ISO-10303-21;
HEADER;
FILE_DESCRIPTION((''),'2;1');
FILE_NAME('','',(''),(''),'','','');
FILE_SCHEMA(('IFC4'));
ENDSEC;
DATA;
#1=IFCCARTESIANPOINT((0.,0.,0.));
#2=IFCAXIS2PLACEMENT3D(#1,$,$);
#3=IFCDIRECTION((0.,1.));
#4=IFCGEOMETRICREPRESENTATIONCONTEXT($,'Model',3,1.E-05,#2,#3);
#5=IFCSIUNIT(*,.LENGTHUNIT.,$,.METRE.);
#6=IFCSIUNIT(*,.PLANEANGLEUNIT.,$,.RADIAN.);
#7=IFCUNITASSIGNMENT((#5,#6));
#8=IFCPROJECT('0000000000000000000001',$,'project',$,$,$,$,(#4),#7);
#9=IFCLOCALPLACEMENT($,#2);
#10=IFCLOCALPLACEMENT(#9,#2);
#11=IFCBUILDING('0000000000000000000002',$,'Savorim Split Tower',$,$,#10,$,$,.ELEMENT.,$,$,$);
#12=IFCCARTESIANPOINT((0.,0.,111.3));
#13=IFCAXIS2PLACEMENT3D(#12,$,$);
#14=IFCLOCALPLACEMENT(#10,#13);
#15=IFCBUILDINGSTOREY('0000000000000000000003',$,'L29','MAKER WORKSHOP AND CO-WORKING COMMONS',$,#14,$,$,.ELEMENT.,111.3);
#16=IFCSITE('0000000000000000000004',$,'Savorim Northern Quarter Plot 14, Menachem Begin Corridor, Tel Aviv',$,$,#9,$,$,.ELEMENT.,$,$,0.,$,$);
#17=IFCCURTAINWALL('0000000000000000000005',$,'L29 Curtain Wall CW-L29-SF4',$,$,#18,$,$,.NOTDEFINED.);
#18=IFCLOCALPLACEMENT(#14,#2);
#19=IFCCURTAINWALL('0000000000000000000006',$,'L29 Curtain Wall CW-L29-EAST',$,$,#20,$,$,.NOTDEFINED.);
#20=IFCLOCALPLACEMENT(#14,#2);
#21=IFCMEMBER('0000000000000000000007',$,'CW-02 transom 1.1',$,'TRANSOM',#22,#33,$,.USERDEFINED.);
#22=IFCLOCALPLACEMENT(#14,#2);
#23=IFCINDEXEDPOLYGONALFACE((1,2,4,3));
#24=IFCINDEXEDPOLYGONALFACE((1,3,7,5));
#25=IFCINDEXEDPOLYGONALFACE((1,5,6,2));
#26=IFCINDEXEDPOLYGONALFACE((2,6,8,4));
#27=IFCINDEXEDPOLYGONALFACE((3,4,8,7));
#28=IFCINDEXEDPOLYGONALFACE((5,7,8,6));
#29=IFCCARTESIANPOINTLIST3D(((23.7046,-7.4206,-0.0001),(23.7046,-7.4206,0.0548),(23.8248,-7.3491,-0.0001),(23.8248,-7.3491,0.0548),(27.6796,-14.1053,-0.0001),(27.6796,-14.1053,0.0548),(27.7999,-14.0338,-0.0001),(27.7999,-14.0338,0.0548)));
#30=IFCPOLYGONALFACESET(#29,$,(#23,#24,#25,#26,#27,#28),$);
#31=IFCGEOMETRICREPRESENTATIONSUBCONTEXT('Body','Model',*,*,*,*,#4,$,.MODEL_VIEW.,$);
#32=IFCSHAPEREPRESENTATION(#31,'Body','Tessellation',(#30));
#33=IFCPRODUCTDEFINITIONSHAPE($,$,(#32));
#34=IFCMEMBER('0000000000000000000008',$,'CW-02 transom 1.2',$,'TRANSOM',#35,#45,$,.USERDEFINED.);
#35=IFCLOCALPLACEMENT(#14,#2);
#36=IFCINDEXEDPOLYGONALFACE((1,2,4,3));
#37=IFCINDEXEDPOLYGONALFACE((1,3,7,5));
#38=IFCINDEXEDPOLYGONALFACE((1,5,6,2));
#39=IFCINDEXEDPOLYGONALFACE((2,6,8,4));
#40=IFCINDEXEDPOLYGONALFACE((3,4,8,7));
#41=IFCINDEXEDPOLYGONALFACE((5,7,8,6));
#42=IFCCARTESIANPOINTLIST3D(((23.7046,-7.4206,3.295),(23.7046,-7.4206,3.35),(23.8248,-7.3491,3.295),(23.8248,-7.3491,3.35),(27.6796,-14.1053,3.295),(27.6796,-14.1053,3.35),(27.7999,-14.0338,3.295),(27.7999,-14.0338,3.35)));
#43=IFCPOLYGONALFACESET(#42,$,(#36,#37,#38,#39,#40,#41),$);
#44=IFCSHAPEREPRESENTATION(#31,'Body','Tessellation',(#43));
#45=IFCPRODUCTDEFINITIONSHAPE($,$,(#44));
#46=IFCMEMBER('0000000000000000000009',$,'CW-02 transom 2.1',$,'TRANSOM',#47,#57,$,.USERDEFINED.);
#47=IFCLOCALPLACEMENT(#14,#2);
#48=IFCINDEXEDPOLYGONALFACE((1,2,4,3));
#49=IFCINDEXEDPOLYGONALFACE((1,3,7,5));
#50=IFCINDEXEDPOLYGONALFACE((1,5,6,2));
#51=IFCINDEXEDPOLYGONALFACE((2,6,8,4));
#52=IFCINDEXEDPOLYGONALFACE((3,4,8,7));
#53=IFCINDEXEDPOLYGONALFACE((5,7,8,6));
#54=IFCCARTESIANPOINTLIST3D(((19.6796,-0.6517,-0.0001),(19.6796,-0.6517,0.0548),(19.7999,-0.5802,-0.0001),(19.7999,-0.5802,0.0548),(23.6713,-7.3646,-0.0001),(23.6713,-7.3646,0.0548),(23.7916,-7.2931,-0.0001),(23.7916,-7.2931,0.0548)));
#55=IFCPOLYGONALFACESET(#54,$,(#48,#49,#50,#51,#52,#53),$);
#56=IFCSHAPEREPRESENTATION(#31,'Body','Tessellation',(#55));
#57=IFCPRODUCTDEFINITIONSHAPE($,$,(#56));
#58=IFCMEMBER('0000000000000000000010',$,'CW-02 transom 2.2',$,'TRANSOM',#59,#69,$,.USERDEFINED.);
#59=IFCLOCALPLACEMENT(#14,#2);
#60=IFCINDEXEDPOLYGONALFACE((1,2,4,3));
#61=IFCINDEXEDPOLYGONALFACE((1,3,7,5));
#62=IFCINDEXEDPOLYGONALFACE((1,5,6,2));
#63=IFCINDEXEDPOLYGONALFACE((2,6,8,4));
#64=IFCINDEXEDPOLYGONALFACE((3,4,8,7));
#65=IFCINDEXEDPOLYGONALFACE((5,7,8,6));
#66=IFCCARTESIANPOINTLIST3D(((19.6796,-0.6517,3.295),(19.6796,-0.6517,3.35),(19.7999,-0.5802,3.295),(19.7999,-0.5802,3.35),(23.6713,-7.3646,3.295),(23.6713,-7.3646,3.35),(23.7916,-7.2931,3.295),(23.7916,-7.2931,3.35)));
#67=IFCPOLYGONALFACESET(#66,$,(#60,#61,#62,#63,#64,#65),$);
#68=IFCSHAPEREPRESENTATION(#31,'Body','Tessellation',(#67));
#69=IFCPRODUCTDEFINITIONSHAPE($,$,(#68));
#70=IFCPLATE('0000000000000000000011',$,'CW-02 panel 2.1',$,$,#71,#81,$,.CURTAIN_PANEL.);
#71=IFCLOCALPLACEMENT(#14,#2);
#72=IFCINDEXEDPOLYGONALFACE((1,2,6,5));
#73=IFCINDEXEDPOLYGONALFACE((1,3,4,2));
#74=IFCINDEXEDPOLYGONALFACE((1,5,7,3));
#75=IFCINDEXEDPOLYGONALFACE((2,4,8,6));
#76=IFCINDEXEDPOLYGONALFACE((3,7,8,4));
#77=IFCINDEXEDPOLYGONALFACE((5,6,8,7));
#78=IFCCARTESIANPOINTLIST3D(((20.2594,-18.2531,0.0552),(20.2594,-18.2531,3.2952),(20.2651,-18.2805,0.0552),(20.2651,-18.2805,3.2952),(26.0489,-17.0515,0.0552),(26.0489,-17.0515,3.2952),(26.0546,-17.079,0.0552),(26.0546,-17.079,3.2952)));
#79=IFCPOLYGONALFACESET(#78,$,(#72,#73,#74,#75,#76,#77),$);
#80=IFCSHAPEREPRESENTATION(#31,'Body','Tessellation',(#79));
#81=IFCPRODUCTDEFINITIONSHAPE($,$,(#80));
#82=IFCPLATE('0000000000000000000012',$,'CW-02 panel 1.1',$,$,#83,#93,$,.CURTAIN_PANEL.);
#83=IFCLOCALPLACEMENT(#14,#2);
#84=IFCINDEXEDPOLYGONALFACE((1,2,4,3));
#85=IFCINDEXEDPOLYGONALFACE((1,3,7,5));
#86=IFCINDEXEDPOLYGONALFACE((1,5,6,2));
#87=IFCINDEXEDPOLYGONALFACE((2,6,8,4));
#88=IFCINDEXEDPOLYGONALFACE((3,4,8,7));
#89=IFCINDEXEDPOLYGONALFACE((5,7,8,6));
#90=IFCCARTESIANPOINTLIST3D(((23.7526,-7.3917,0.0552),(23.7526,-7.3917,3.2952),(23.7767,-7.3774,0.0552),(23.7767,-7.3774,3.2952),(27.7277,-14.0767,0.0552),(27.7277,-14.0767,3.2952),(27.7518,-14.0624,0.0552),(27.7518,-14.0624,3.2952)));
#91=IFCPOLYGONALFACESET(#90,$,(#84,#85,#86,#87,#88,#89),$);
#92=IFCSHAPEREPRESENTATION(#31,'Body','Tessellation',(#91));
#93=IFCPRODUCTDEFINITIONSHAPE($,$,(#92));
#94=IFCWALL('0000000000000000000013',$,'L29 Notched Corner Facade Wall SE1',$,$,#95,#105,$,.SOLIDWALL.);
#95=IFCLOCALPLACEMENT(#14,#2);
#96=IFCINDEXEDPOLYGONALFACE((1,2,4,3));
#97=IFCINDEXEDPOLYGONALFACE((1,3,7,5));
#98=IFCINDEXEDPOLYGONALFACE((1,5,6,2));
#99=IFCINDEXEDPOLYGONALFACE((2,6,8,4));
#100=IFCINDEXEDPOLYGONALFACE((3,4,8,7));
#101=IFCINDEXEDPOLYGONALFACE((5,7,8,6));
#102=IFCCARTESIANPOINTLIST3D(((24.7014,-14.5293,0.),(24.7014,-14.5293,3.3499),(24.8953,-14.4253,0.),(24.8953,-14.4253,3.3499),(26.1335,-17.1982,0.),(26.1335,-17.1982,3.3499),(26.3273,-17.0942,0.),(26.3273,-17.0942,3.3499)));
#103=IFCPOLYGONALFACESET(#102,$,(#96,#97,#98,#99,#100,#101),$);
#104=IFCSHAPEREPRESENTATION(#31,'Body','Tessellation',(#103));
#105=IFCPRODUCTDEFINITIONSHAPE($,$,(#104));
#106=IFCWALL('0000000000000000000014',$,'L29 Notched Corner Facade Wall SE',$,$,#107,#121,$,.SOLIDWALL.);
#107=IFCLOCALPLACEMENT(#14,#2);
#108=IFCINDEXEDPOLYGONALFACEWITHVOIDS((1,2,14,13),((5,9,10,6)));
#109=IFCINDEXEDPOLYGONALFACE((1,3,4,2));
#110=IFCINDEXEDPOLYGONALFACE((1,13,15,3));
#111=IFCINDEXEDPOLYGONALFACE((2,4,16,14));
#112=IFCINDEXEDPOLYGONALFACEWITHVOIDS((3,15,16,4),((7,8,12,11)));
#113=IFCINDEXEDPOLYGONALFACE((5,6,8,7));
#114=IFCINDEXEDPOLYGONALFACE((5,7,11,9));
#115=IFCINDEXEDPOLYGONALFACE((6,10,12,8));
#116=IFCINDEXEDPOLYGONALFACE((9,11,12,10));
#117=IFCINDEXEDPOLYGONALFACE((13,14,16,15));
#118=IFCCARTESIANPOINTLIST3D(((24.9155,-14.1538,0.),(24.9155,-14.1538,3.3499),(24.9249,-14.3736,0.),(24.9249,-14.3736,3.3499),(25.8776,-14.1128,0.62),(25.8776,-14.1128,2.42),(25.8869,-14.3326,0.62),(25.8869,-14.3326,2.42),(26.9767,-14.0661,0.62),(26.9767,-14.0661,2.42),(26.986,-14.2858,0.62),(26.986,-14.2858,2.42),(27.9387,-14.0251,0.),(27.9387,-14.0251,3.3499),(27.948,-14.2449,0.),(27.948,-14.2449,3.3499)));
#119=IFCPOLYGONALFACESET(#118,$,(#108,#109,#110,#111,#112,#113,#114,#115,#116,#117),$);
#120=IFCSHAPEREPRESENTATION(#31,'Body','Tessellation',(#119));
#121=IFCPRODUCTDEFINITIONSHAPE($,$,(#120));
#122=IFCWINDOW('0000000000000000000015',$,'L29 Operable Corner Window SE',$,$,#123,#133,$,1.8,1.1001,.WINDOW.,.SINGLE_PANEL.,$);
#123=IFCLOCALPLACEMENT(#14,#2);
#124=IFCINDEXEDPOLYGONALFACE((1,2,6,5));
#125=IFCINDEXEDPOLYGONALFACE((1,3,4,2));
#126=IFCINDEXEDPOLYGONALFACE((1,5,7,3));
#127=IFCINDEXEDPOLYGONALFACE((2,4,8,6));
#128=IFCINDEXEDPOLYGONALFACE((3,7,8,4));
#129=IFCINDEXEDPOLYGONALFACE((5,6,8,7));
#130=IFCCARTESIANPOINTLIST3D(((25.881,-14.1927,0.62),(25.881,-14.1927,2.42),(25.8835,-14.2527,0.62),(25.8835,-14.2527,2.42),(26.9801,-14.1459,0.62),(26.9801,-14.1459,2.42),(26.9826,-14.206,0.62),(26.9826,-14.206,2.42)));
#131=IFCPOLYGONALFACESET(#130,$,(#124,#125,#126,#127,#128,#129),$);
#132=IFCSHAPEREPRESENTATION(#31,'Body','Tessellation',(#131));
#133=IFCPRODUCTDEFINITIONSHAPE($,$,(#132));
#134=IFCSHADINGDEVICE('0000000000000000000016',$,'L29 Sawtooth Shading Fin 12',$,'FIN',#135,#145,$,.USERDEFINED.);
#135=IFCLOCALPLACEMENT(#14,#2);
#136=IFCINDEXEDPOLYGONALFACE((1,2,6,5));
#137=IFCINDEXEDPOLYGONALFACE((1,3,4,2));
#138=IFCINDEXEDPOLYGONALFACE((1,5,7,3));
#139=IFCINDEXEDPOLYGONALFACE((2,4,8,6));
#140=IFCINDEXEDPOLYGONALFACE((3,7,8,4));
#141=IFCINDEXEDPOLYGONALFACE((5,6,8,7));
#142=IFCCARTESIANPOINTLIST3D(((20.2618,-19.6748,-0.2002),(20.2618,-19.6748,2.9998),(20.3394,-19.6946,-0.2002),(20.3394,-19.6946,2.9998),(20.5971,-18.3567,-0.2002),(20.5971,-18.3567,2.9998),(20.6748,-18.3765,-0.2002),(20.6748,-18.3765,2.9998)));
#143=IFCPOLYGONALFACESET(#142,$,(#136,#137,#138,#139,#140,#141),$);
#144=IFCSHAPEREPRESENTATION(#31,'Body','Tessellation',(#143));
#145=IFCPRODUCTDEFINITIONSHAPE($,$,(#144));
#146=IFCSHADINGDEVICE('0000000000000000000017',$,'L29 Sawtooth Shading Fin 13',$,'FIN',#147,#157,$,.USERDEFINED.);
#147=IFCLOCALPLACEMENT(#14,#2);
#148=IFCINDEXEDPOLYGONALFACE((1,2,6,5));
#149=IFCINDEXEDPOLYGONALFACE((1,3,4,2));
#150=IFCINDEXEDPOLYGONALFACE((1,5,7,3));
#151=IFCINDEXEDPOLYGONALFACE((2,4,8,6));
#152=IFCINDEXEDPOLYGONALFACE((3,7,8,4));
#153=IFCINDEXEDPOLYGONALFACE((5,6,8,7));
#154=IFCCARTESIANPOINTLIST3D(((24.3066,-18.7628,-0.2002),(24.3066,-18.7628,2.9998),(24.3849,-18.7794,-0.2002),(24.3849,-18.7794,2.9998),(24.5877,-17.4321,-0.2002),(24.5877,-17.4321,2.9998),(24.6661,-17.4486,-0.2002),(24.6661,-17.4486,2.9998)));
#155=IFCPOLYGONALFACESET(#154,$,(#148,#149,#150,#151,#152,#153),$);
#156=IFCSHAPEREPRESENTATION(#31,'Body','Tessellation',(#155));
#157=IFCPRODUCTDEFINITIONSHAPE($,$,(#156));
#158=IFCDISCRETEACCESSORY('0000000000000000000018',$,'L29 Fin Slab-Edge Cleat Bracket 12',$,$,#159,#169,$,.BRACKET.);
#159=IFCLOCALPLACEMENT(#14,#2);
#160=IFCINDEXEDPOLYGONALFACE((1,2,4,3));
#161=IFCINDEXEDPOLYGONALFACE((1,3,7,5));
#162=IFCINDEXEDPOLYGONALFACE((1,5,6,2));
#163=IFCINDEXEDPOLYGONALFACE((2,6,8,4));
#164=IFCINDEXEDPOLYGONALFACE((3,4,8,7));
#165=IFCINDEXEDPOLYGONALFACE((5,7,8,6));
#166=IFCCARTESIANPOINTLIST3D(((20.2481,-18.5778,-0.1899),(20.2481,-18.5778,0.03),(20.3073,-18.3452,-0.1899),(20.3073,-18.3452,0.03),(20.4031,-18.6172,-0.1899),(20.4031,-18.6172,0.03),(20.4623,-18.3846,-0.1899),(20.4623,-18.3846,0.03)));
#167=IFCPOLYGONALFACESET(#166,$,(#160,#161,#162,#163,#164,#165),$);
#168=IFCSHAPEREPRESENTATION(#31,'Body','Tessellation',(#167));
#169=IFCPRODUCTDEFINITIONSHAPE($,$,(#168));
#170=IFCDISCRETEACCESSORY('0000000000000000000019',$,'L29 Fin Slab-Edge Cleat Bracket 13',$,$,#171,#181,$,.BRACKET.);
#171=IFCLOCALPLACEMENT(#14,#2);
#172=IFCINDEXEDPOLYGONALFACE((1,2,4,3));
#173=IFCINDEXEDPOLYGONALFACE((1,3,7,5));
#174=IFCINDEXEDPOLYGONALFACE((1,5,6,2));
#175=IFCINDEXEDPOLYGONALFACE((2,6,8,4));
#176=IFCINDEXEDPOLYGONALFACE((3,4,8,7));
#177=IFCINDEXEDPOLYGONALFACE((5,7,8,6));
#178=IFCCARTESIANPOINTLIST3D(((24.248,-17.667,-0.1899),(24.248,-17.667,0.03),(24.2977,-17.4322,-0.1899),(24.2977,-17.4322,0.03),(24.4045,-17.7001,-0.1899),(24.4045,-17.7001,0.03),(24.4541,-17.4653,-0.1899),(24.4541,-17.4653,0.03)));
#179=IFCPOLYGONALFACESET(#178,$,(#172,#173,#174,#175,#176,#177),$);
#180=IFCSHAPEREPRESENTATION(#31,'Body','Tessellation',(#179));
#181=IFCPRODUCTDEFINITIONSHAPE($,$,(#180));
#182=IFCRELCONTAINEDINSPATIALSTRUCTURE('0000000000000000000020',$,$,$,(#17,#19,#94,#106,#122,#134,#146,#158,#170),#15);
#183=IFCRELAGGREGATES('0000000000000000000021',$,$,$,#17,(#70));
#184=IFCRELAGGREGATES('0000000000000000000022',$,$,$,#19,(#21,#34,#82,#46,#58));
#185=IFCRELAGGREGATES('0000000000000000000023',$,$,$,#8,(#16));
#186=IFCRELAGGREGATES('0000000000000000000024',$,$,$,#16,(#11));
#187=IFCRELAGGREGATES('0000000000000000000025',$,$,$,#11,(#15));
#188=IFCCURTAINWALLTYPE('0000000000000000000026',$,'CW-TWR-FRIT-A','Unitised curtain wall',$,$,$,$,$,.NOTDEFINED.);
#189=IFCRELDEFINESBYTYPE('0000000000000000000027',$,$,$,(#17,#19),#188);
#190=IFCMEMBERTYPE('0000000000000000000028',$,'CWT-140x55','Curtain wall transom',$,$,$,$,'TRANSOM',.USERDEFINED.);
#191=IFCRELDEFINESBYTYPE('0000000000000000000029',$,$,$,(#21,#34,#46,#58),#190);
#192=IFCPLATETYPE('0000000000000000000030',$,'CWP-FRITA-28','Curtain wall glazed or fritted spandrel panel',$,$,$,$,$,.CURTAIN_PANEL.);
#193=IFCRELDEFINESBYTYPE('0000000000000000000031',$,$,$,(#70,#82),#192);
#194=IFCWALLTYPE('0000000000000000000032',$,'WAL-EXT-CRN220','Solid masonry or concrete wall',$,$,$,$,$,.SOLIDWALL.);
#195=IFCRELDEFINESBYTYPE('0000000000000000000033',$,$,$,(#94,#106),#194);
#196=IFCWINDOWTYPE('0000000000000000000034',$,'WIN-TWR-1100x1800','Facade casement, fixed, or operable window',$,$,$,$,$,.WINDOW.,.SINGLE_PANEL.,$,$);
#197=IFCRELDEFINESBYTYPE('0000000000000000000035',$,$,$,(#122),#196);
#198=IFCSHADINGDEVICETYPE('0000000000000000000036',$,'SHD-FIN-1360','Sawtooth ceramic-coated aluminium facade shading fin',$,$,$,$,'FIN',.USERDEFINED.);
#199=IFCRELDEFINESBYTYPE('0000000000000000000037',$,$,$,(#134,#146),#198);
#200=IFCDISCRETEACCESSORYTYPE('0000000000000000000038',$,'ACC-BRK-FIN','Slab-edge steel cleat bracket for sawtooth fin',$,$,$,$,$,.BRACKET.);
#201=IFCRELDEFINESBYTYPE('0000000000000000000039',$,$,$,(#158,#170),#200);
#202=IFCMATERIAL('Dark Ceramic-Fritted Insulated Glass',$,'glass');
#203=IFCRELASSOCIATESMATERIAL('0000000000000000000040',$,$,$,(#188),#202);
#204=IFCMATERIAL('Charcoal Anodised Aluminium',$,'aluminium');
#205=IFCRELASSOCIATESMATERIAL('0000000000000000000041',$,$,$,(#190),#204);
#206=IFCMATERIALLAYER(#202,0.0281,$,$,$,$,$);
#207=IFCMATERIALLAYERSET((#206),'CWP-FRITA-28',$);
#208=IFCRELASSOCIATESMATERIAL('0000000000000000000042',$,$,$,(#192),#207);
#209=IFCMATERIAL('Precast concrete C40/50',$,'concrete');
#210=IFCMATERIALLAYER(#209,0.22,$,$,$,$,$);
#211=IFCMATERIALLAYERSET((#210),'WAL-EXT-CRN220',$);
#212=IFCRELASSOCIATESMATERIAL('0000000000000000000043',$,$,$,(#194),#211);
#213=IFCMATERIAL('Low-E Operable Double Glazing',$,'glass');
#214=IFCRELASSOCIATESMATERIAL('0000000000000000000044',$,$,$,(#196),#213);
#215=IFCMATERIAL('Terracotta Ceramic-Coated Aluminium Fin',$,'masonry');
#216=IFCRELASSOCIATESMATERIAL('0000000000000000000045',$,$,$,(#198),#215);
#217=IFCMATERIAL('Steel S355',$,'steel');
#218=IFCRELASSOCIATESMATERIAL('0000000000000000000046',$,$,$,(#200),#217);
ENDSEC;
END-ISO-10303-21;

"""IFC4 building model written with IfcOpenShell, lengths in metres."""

from ifc_helpers import new_model, si_unit, direction, frame, frame_2d, origin, origin_2d, place, context, subcontext, project, spatial, rectangle, extrude, material, layer, layer_set, material_profile, profile_set, type_object, element, fill, aggregate, save


model = new_model("IFC4")

# Units and contexts
model_context = context("Model", 3, precision=1e-05, world=origin(), true_north=direction((0.0, 1.0)))
body_context = subcontext(model_context, "Body", "Model", "MODEL_VIEW")
ifc_project = project(units=[si_unit("LENGTHUNIT", "METRE"), si_unit("PLANEANGLEUNIT", "RADIAN")], contexts=[model_context])

# Site, building, storey
site_placement = place(None, origin())
site = spatial("IfcSite", under=ifc_project, at=site_placement, Name="Savorim Northern Quarter Plot 14, Menachem Begin Corridor, Tel Aviv", CompositionType="ELEMENT", RefElevation=0.0)
building_placement = place(site_placement, origin())
building = spatial("IfcBuilding", under=site, at=building_placement, Name="Savorim Split Tower", CompositionType="ELEMENT")
storey_placement = place(building_placement, frame((0.0, 0.0, 111.3)))
storey = spatial("IfcBuildingStorey", under=building, at=storey_placement, Name="L29", Description="MAKER WORKSHOP AND CO-WORKING COMMONS", CompositionType="ELEMENT", Elevation=111.3)

# Shared definitions
ifc_material_1 = material(Name="Steel S355", Category="steel")

# Curtain wall
ifc_material_2 = material(Name="Dark Ceramic-Fritted Insulated Glass", Category="glass")
curtain_wall_type = type_object("IfcCurtainWallType", Name="CW-TWR-FRIT-A", Description="Unitised curtain wall", PredefinedType="NOTDEFINED", material=ifc_material_2)
curtain_wall_1_placement = place(storey_placement, origin())
curtain_wall_1 = element("IfcCurtainWall", 1, at=curtain_wall_1_placement, inside=storey, type_object=curtain_wall_type, Name="L29 Curtain Wall CW-L29-SF4", PredefinedType="NOTDEFINED")
ifc_material_3 = material(Name="Charcoal Anodised Aluminium", Category="aluminium")

# Curtain wall, members
curtain_wall_2_placement = place(storey_placement, origin())
curtain_wall_2 = element("IfcCurtainWall", 2, at=curtain_wall_2_placement, inside=storey, type_object=curtain_wall_type, Name="L29 Curtain Wall CW-L29-EAST", PredefinedType="NOTDEFINED")
ifc_material_profile_1 = material_profile(ifc_material_3, rectangle(XDim=0.1399, YDim=0.0549, at=origin_2d()), Name="ALU-T 140x55")
ifc_profile_set_1 = profile_set([ifc_material_profile_1], Name="Charcoal Anodised Aluminium")
member_type_1 = type_object("IfcMemberType", Name="CWT-140x55", Description="Curtain wall transom", ElementType="TRANSOM", PredefinedType="USERDEFINED", material=ifc_profile_set_1)
member_1_placement = place(storey_placement, frame((27.7397, -14.0696, 0.0273), z_axis=(-0.511108, 0.859517, 0.0), x_axis=(-0.859517, -0.511108, 0.0)))
member_1 = element("IfcMember", 3, at=member_1_placement, type_object=member_type_1, Name="CW-02 transom 1.1", ObjectType="TRANSOM", PredefinedType="USERDEFINED", context=body_context, shape_type="SweptSolid", body=[
    extrude(rectangle(XDim=0.1399, YDim=0.0549, at=origin_2d()), origin(), (0.0, 0.0, 1.0), 7.7773),
])
member_2_placement = place(storey_placement, frame((27.7397, -14.0696, 3.3225), z_axis=(-0.511108, 0.859517, 0.0), x_axis=(-0.859517, -0.511108, 0.0)))
member_2 = element("IfcMember", 4, at=member_2_placement, type_object=member_type_1, Name="CW-02 transom 1.2", ObjectType="TRANSOM", PredefinedType="USERDEFINED", context=body_context, shape_type="SweptSolid", body=[
    extrude(rectangle(XDim=0.1399, YDim=0.0549, at=origin_2d()), origin(), (0.0, 0.0, 1.0), 7.7773),
])
member_3_placement = place(storey_placement, frame((23.7314, -7.3289, 0.0273), z_axis=(-0.511099, 0.859522, 0.0), x_axis=(-0.859522, -0.511099, 0.0)))
member_3 = element("IfcMember", 5, at=member_3_placement, type_object=member_type_1, Name="CW-02 transom 2.1", ObjectType="TRANSOM", PredefinedType="USERDEFINED", context=body_context, shape_type="SweptSolid", body=[
    extrude(rectangle(XDim=0.1399, YDim=0.0549, at=origin_2d()), origin(), (0.0, 0.0, 1.0), 7.8101),
])
member_4_placement = place(storey_placement, frame((23.7314, -7.3289, 3.3225), z_axis=(-0.511099, 0.859522, 0.0), x_axis=(-0.859522, -0.511099, 0.0)))
member_4 = element("IfcMember", 6, at=member_4_placement, type_object=member_type_1, Name="CW-02 transom 2.2", ObjectType="TRANSOM", PredefinedType="USERDEFINED", context=body_context, shape_type="SweptSolid", body=[
    extrude(rectangle(XDim=0.1399, YDim=0.0549, at=origin_2d()), origin(), (0.0, 0.0, 1.0), 7.8101),
])

# Plates
ifc_layer_1 = layer(ifc_material_2, 0.0281)
ifc_layer_set_1 = layer_set([ifc_layer_1], Name="CWP-FRITA-28")
plate_type = type_object("IfcPlateType", Name="CWP-FRITA-28", Description="Curtain wall glazed or fritted spandrel panel", PredefinedType="CURTAIN_PANEL", material=ifc_layer_set_1)
plate_1_placement = place(storey_placement, frame((23.157, -17.666, 0.0552), z_axis=(0.0, 0.0, 1.0), x_axis=(0.979134, 0.203214, 0.0)))
plate_1 = element("IfcPlate", 7, at=plate_1_placement, type_object=plate_type, Name="CW-02 panel 2.1", PredefinedType="CURTAIN_PANEL", context=body_context, shape_type="SweptSolid", body=[
    extrude(rectangle(XDim=5.9128, YDim=0.0281, at=origin_2d()), origin(), (0.0, 0.0, 1.0), 3.24),
])
aggregate(curtain_wall_1, [plate_1])
plate_2_placement = place(storey_placement, frame((25.7522, -10.7271, 0.0552), z_axis=(0.0, 0.0, 1.0), x_axis=(-0.511093, 0.859525, 0.0)))
plate_2 = element("IfcPlate", 8, at=plate_2_placement, type_object=plate_type, Name="CW-02 panel 1.1", PredefinedType="CURTAIN_PANEL", context=body_context, shape_type="SweptSolid", body=[
    extrude(rectangle(XDim=7.7776, YDim=0.0281, at=origin_2d()), origin(), (0.0, 0.0, 1.0), 3.24),
])
aggregate(curtain_wall_2, [member_1, member_2, plate_2, member_3, member_4])

# Wall
ifc_material_4 = material(Name="Precast concrete C40/50", Category="concrete")
ifc_layer_2 = layer(ifc_material_4, 0.22)
ifc_layer_set_2 = layer_set([ifc_layer_2], Name="WAL-EXT-CRN220")
wall_type = type_object("IfcWallType", Name="WAL-EXT-CRN220", Description="Solid masonry or concrete wall", PredefinedType="SOLIDWALL", material=ifc_layer_set_2)
wall_1_placement = place(storey_placement, frame((24.7983, -14.4773, 0.0), z_axis=(0.0, 0.0, 1.0), x_axis=(0.472821, -0.881159, 0.0)))
element("IfcWall", 9, at=wall_1_placement, inside=storey, type_object=wall_type, Name="L29 Notched Corner Facade Wall SE1", PredefinedType="SOLIDWALL", context=body_context, shape_type="SweptSolid", body=[
    extrude(rectangle(XDim=3.0288, YDim=0.22, at=frame_2d((1.5144, 0.0))), origin(), (0.0, 0.0, 1.0), 3.3499),
])

# Wall, opening, window
wall_2_placement = place(storey_placement, frame((27.9434, -14.135, 0.0), z_axis=(0.0, 0.0, 1.0), x_axis=(-0.999096, -0.04252, 0.0)))
wall_2 = element("IfcWall", 10, at=wall_2_placement, inside=storey, type_object=wall_type, Name="L29 Notched Corner Facade Wall SE", PredefinedType="SOLIDWALL", context=body_context, shape_type="SweptSolid", body=[
    extrude(rectangle(XDim=3.0259, YDim=0.22, at=frame_2d((1.5129, 0.0))), origin(), (0.0, 0.0, 1.0), 3.3499),
])
opening_placement = place(wall_2_placement, frame((0.9629, 0.0, 0.6201)))
opening = element("IfcOpeningElement", 11, at=opening_placement, cuts=wall_2, PredefinedType="OPENING", context=body_context, shape_type="SweptSolid", body=[
    extrude(rectangle(XDim=1.1001, YDim=1.8, at=frame_2d((0.55, 0.8999))), frame((0.0, 0.1199, 0.0), z_axis=(0.0, -1.0, 0.0), x_axis=(1.0, 0.0, 0.0)), (0.0, 0.0, 1.0), 0.24),
])
ifc_material_5 = material(Name="Low-E Operable Double Glazing", Category="glass")
window_type = type_object("IfcWindowType", Name="WIN-TWR-1100x1800", Description="Facade casement, fixed, or operable window", PartitioningType="SINGLE_PANEL", PredefinedType="WINDOW", material=ifc_material_5)
window_placement = place(opening_placement, origin())
window = element("IfcWindow", 12, at=window_placement, inside=storey, type_object=window_type, Name="L29 Operable Corner Window SE", OverallHeight=1.8, OverallWidth=1.1001, PartitioningType="SINGLE_PANEL", PredefinedType="WINDOW", context=body_context, shape_type="SweptSolid", body=[
    extrude(rectangle(XDim=1.1001, YDim=1.8, at=frame_2d((0.55, 0.8999))), frame((0.0, 0.03, 0.0), z_axis=(0.0, -1.0, 0.0), x_axis=(1.0, 0.0, 0.0)), (0.0, 0.0, 1.0), 0.0601),
])
fill(opening, window)

# Shading devices
ifc_material_6 = material(Name="Terracotta Ceramic-Coated Aluminium Fin", Category="masonry")
shading_device_type = type_object("IfcShadingDeviceType", Name="SHD-FIN-1360", Description="Sawtooth ceramic-coated aluminium facade shading fin", ElementType="FIN", PredefinedType="USERDEFINED", material=ifc_material_6)
for number, where, z_axis, x_axis, name in (
    (13, (20.4683, -19.0256, -0.2002), (0.0, 0.0, 1.0), (-0.246581, -0.969122, 0.0), "L29 Sawtooth Shading Fin 12"),
    (14, (24.4863, -18.1057, -0.2002), (0.0, 0.0, 1.0), (-0.206722, -0.9784, 0.0), "L29 Sawtooth Shading Fin 13"),
):
    element("IfcShadingDevice", number, at=place(storey_placement, frame(where, z_axis=z_axis, x_axis=x_axis)), inside=storey, type_object=shading_device_type, Name=name, ObjectType="FIN", PredefinedType="USERDEFINED", context=body_context, shape_type="SweptSolid", body=[
        extrude(rectangle(XDim=1.3601, YDim=0.0801, at=origin_2d()), origin(), (0.0, 0.0, 1.0), 3.2),
    ])

# Discrete accessories
discrete_accessory_type = type_object("IfcDiscreteAccessoryType", Name="ACC-BRK-FIN", Description="Slab-edge steel cleat bracket for sawtooth fin", PredefinedType="BRACKET", material=ifc_material_1)
for number, where, z_axis, x_axis, name in (
    (15, (20.3552, -18.4812, -0.1899), (0.0, 0.0, 1.0), (-0.246581, -0.969122, 0.0), "L29 Fin Slab-Edge Cleat Bracket 12"),
    (16, (24.3511, -17.5662, -0.1899), (0.0, 0.0, 1.0), (-0.206722, -0.9784, 0.0), "L29 Fin Slab-Edge Cleat Bracket 13"),
):
    element("IfcDiscreteAccessory", number, at=place(storey_placement, frame(where, z_axis=z_axis, x_axis=x_axis)), inside=storey, type_object=discrete_accessory_type, Name=name, PredefinedType="BRACKET", context=body_context, shape_type="SweptSolid", body=[
        extrude(rectangle(XDim=0.24, YDim=0.1599, at=origin_2d()), origin(), (0.0, 0.0, 1.0), 0.22),
    ])

save(model, "model.ifc")
